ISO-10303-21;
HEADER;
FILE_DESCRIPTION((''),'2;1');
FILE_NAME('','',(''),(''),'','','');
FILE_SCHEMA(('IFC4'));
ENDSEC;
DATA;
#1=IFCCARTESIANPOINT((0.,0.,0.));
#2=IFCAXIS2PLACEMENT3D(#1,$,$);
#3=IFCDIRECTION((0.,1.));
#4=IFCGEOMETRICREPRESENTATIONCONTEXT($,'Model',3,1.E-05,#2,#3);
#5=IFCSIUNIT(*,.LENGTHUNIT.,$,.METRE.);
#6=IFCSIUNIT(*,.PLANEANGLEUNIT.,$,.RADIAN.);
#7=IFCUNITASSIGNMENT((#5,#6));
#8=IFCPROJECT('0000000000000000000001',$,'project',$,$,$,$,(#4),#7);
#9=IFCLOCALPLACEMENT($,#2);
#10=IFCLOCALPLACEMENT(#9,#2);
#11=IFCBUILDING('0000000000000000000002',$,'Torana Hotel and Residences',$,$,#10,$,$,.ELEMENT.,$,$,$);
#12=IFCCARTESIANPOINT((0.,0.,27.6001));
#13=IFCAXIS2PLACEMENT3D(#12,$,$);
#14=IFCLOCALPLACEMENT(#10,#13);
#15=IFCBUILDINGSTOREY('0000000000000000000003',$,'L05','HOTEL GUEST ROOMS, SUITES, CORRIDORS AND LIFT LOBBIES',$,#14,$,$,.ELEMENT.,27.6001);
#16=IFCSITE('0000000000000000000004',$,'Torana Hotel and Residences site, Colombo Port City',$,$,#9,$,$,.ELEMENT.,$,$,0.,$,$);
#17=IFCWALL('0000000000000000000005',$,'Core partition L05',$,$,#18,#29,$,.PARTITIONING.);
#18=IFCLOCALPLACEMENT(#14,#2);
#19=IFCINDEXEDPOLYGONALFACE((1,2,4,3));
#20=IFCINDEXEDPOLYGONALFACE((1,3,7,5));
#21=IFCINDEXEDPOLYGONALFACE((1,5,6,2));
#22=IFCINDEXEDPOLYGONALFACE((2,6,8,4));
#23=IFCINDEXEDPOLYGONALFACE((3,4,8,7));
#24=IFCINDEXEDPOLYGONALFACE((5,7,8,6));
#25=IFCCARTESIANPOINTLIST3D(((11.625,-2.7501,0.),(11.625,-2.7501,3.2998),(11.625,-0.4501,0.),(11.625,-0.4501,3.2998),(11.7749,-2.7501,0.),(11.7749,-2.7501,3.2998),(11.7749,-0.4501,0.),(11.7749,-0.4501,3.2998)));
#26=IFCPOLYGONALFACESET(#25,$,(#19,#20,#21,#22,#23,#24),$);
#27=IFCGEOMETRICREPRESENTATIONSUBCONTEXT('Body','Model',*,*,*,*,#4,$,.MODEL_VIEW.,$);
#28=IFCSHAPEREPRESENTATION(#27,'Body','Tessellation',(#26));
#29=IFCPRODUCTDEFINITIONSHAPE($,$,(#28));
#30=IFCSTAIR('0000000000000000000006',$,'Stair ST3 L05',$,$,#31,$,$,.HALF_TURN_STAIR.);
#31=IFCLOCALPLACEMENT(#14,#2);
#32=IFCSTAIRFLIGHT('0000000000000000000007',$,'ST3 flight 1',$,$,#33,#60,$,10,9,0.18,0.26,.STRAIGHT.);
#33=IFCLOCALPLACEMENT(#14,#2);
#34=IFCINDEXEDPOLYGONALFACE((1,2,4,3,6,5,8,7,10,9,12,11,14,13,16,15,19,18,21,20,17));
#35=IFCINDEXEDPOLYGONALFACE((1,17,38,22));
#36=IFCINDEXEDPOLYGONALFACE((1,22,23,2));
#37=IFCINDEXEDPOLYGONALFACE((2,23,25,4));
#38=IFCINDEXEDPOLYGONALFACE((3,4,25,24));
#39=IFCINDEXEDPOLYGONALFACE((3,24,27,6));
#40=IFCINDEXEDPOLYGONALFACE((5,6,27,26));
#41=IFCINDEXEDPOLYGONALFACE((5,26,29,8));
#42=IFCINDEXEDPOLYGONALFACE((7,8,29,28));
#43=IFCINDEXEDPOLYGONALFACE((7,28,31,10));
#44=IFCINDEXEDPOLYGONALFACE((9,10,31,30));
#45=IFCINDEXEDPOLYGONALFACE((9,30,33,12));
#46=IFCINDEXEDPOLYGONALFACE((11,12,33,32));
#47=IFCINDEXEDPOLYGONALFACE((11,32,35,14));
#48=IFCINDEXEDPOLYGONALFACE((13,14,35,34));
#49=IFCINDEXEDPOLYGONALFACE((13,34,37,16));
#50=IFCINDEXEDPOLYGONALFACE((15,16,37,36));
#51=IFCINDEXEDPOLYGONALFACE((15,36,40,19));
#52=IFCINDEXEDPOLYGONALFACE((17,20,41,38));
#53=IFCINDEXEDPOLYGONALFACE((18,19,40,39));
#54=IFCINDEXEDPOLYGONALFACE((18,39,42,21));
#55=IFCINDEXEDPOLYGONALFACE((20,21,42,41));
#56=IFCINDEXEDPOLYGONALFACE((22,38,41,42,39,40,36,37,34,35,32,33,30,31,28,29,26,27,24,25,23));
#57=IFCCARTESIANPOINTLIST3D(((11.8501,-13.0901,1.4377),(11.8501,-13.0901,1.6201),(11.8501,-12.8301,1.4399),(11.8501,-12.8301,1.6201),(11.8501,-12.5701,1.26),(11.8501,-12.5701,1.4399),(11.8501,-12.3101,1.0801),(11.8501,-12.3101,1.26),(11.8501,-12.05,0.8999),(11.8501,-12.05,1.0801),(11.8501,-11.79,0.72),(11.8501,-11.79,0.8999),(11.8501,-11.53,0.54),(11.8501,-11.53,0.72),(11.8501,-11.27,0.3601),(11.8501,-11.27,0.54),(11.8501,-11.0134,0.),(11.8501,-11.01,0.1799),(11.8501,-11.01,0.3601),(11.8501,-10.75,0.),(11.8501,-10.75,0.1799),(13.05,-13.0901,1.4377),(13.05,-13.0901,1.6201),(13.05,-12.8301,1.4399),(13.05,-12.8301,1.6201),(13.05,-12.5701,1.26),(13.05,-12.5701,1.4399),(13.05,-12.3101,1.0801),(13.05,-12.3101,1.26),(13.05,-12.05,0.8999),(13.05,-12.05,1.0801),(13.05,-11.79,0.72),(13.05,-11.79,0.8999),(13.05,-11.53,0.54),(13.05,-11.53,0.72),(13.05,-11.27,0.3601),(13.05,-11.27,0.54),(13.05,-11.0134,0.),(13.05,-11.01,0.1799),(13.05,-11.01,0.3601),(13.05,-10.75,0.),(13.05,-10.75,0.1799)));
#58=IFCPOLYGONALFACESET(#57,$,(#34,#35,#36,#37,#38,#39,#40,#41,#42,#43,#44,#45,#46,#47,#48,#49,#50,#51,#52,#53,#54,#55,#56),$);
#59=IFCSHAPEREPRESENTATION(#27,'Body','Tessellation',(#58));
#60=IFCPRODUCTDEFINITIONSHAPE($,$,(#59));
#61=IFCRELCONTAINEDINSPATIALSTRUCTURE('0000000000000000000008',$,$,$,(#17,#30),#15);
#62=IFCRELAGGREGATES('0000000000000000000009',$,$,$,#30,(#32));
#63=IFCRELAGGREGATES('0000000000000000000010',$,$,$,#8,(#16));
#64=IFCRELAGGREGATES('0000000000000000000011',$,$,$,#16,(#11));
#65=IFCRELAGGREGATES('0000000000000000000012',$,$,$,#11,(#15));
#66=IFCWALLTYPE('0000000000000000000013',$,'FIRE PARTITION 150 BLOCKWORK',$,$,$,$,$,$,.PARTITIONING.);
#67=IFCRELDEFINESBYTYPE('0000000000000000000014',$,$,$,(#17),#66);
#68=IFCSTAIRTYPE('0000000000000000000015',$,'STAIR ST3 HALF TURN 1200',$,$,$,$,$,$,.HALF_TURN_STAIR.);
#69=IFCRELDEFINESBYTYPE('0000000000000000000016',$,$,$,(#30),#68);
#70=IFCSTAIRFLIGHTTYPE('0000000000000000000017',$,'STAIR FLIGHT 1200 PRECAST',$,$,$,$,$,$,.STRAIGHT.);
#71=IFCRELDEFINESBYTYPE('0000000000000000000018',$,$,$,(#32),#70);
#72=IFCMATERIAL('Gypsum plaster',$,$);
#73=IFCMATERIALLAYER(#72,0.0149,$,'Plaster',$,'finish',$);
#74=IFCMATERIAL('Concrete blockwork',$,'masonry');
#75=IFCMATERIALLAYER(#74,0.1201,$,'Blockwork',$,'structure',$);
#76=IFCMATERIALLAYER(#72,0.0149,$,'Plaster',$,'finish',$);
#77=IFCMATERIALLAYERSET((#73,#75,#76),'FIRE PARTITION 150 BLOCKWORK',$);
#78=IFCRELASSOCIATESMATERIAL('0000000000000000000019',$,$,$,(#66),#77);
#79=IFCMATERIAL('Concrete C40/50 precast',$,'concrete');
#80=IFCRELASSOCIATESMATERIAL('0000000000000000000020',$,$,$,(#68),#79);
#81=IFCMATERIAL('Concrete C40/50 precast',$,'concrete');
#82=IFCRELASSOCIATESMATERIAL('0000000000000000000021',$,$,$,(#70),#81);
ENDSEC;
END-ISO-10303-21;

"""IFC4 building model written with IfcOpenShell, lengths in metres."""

from ifc_helpers import new_model, si_unit, direction, frame, frame_2d, origin, place, context, subcontext, project, spatial, polyline, rectangle, outline, extrude, material, layer, layer_set, type_object, element, aggregate, save


model = new_model("IFC4")

# Units and contexts
model_context = context("Model", 3, precision=1e-05, world=origin(), true_north=direction((0.0, 1.0)))
body_context = subcontext(model_context, "Body", "Model", "MODEL_VIEW")
ifc_project = project(units=[si_unit("LENGTHUNIT", "METRE"), si_unit("PLANEANGLEUNIT", "RADIAN")], contexts=[model_context])

# Site, building, storey
site_placement = place(None, origin())
site = spatial("IfcSite", under=ifc_project, at=site_placement, Name="Torana Hotel and Residences site, Colombo Port City", CompositionType="ELEMENT", RefElevation=0.0)
building_placement = place(site_placement, origin())
building = spatial("IfcBuilding", under=site, at=building_placement, Name="Torana Hotel and Residences", CompositionType="ELEMENT")
storey_placement = place(building_placement, frame((0.0, 0.0, 27.6001)))
storey = spatial("IfcBuildingStorey", under=building, at=storey_placement, Name="L05", Description="HOTEL GUEST ROOMS, SUITES, CORRIDORS AND LIFT LOBBIES", CompositionType="ELEMENT", Elevation=27.6001)

# Wall
ifc_material_1 = material(Name="Gypsum plaster")
ifc_layer_1 = layer(ifc_material_1, 0.0149, Name="Plaster", Category="finish")
ifc_material_2 = material(Name="Concrete blockwork", Category="masonry")
ifc_layer_2 = layer(ifc_material_2, 0.1201, Name="Blockwork", Category="structure")
ifc_layer_3 = layer(ifc_material_1, 0.0149, Name="Plaster", Category="finish")
ifc_layer_set_1 = layer_set([ifc_layer_1, ifc_layer_2, ifc_layer_3], Name="FIRE PARTITION 150 BLOCKWORK")
wall_type_1 = type_object("IfcWallType", Name="FIRE PARTITION 150 BLOCKWORK", PredefinedType="PARTITIONING", material=ifc_layer_set_1)
wall_1_placement = place(storey_placement, frame((11.7, -2.75, 0.0), z_axis=(0.0, 0.0, 1.0), x_axis=(0.0, 1.0, 0.0)))
element("IfcWall", 1, at=wall_1_placement, inside=storey, type_object=wall_type_1, Name="Core partition L05", PredefinedType="PARTITIONING", context=body_context, shape_type="SweptSolid", body=[
    extrude(rectangle(XDim=2.3, YDim=0.1499, at=frame_2d((1.1499, 0.0))), origin(), (0.0, 0.0, 1.0), 3.2998),
])

# Stair, stair flight
ifc_material_3 = material(Name="Concrete C40/50 precast", Category="concrete")
stair_type = type_object("IfcStairType", Name="STAIR ST3 HALF TURN 1200", PredefinedType="HALF_TURN_STAIR", material=ifc_material_3)
stair_placement = place(storey_placement, origin())
stair = element("IfcStair", 2, at=stair_placement, inside=storey, type_object=stair_type, Name="Stair ST3 L05", PredefinedType="HALF_TURN_STAIR")
ifc_material_4 = material(Name="Concrete C40/50 precast", Category="concrete")
stair_flight_type = type_object("IfcStairFlightType", Name="STAIR FLIGHT 1200 PRECAST", PredefinedType="STRAIGHT", material=ifc_material_4)
stair_flight_placement = place(storey_placement, frame((12.45, -10.75, 0.0), z_axis=(0.0, 0.0, 1.0), x_axis=(0.0, -1.0, 0.0)))
stair_flight = element("IfcStairFlight", 3, at=stair_flight_placement, type_object=stair_flight_type, Name="ST3 flight 1", NumberOfRisers=10, NumberOfTreads=9, PredefinedType="STRAIGHT", RiserHeight=0.18, TreadLength=0.26, context=body_context, shape_type="SweptSolid", body=[
    extrude(outline(polyline([(0.0, 0.0), (0.0, 0.1799), (0.26, 0.1799), (0.26, 0.3601), (0.52, 0.3601), (0.52, 0.54), (0.78, 0.54), (0.78, 0.72), (1.04, 0.72), (1.04, 0.8999), (1.3, 0.8999), (1.3, 1.0801), (1.5601, 1.0801), (1.5601, 1.26), (1.8201, 1.26), (1.8201, 1.4399), (2.0801, 1.4399), (2.0801, 1.6201), (2.3401, 1.6201), (2.3401, 1.8), (2.3401, 1.4377), (0.2634, 0.0), (0.0, 0.0)])), frame((0.0, 0.6001, 0.0), z_axis=(0.0, -1.0, 0.0), x_axis=(1.0, 0.0, 0.0)), (0.0, 0.0, 1.0), 1.2),
])
aggregate(stair, [stair_flight])

save(model, "model.ifc")
